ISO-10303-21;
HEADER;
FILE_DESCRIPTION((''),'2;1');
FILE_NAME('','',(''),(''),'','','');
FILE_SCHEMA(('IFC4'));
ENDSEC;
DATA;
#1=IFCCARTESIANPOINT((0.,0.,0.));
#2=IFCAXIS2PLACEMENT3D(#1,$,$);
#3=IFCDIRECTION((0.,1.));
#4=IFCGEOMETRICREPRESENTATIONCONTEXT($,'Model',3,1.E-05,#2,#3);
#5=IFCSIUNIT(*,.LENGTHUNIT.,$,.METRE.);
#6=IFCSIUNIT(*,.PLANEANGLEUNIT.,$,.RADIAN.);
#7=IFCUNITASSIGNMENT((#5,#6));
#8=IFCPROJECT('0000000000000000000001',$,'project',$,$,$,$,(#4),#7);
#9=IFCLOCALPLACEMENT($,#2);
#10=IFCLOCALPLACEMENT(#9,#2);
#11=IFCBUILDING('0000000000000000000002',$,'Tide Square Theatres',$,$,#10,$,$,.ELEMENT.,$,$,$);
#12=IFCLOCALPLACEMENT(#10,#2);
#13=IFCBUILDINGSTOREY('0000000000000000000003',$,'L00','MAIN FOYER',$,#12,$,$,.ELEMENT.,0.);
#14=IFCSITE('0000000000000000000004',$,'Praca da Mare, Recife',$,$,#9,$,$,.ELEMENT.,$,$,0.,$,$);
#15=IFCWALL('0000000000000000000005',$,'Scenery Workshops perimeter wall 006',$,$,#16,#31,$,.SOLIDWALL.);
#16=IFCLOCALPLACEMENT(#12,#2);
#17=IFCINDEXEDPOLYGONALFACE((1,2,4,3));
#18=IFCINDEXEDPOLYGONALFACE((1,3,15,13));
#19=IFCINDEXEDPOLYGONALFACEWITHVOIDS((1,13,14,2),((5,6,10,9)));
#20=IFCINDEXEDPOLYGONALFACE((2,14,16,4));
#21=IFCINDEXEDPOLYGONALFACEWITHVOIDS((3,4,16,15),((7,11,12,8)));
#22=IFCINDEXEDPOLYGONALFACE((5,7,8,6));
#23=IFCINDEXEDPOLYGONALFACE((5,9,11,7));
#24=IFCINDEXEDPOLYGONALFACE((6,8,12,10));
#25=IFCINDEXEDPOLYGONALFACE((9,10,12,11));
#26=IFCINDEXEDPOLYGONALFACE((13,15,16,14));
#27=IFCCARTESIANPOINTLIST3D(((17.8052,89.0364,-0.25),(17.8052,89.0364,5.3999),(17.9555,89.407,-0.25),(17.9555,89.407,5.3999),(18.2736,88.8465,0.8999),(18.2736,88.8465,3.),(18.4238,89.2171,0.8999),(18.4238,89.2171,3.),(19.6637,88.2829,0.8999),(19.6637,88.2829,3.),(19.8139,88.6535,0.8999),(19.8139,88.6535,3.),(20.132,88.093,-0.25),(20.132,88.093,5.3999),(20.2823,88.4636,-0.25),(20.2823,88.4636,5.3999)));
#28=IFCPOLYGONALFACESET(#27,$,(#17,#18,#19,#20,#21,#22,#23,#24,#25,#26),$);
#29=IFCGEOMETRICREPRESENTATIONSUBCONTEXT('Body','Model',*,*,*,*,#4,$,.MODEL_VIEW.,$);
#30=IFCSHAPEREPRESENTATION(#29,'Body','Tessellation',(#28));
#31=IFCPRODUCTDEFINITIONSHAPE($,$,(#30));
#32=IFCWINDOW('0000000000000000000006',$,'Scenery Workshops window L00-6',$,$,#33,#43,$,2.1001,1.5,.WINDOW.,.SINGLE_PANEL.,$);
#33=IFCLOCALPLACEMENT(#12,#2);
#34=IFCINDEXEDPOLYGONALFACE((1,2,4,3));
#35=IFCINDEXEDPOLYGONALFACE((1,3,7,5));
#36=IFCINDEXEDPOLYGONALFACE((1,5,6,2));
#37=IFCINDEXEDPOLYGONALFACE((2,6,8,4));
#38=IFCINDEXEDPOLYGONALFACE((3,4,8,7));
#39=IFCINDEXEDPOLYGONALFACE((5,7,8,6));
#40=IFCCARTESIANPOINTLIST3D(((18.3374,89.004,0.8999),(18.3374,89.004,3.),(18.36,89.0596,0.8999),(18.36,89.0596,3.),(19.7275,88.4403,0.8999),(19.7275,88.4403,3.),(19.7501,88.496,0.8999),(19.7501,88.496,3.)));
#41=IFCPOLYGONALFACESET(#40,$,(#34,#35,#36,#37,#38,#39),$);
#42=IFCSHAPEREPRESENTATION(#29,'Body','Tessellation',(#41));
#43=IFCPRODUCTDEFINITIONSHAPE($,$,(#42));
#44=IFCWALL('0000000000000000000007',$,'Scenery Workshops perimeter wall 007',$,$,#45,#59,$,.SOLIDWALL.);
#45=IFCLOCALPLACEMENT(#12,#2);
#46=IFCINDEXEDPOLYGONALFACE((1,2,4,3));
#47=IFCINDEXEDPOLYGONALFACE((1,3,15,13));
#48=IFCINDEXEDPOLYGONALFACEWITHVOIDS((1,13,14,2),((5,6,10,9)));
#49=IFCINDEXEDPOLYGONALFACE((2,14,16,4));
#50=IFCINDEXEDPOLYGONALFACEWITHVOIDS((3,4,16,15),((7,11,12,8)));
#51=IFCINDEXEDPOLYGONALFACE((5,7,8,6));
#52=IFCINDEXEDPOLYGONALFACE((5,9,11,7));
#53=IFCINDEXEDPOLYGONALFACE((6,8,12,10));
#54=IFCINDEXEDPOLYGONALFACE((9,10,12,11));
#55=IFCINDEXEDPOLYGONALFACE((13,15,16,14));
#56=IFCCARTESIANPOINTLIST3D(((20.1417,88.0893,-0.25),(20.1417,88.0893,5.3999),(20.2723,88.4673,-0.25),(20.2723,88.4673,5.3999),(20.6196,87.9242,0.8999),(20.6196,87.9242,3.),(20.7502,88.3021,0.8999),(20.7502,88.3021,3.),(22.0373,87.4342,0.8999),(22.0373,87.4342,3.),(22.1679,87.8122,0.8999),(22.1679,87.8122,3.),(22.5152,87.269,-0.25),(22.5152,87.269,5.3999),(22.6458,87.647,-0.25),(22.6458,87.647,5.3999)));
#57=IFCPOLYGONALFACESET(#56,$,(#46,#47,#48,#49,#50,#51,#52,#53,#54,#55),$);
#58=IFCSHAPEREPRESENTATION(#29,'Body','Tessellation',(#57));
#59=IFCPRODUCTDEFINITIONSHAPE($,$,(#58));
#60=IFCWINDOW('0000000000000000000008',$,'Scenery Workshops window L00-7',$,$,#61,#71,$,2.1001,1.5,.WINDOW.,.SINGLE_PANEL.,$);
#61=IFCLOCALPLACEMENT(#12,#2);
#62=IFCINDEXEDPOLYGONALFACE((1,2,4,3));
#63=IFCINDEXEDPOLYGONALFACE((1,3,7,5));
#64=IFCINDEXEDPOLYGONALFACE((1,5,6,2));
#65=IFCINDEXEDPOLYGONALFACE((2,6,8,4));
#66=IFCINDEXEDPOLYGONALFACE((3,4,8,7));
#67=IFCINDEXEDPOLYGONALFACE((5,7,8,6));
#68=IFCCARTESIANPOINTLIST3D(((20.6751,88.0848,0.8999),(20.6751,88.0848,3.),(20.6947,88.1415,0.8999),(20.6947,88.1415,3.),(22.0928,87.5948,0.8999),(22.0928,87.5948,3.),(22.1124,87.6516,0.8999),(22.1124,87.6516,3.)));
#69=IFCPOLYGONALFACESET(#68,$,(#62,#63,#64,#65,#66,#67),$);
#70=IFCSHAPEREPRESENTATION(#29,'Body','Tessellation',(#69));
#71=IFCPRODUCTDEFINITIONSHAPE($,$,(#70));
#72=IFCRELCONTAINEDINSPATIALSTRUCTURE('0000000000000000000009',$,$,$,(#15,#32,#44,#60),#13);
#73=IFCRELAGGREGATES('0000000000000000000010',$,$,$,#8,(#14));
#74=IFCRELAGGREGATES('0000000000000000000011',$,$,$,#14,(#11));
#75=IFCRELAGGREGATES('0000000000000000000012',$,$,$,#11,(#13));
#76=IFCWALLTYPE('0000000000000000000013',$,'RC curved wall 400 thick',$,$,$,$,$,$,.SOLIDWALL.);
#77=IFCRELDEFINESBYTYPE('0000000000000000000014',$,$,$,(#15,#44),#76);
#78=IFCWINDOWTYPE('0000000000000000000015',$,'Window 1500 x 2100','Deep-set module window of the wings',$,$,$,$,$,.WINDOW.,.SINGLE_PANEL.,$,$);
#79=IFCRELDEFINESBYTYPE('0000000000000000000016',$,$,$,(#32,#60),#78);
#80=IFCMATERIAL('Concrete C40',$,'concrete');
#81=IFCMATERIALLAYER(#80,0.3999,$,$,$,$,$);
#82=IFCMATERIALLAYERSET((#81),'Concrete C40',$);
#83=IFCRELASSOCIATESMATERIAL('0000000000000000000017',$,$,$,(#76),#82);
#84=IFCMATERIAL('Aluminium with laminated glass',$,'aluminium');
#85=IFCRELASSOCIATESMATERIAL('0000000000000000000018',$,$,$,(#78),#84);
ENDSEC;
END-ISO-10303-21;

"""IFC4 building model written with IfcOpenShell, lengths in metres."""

from ifc_helpers import new_model, si_unit, direction, frame, frame_2d, origin, place, context, subcontext, project, spatial, rectangle, extrude, material, layer, layer_set, type_object, element, fill, save


model = new_model("IFC4")

# Units and contexts
model_context = context("Model", 3, precision=1e-05, world=origin(), true_north=direction((0.0, 1.0)))
body_context = subcontext(model_context, "Body", "Model", "MODEL_VIEW")
ifc_project = project(units=[si_unit("LENGTHUNIT", "METRE"), si_unit("PLANEANGLEUNIT", "RADIAN")], contexts=[model_context])

# Site, building, storey
site_placement = place(None, origin())
site = spatial("IfcSite", under=ifc_project, at=site_placement, Name="Praca da Mare, Recife", CompositionType="ELEMENT", RefElevation=0.0)
building_placement = place(site_placement, origin())
building = spatial("IfcBuilding", under=site, at=building_placement, Name="Tide Square Theatres", CompositionType="ELEMENT")
storey_placement = place(building_placement, origin())
storey = spatial("IfcBuildingStorey", under=building, at=storey_placement, Name="L00", Description="MAIN FOYER", CompositionType="ELEMENT", Elevation=0.0)

# Shared definitions
ifc_material_1 = material(Name="Concrete C40", Category="concrete")
ifc_layer = layer(ifc_material_1, 0.3999)
ifc_layer_set = layer_set([ifc_layer], Name="Concrete C40")
wall_type = type_object("IfcWallType", Name="RC curved wall 400 thick", PredefinedType="SOLIDWALL", material=ifc_layer_set)

# Walls, openings, windows
wall_1_placement = place(storey_placement, frame((17.8804, 89.2217, -0.25), z_axis=(0.0, 0.0, 1.0), x_axis=(0.926723, -0.375746, 0.0)))
wall_1 = element("IfcWall", 1, at=wall_1_placement, inside=storey, type_object=wall_type, Name="Scenery Workshops perimeter wall 006", PredefinedType="SOLIDWALL", context=body_context, shape_type="SweptSolid", body=[
    extrude(rectangle(XDim=2.5107, YDim=0.3999, at=frame_2d((1.2554, 0.0))), origin(), (0.0, 0.0, 1.0), 5.6499),
])
opening_1_placement = place(wall_1_placement, frame((0.5054, 0.0, 1.1499)))
opening_1 = element("IfcOpeningElement", 2, at=opening_1_placement, cuts=wall_1, PredefinedType="OPENING", context=body_context, shape_type="SweptSolid", body=[
    extrude(rectangle(XDim=1.5, YDim=2.1001, at=frame_2d((0.75, 1.05))), frame((0.0, 0.21, 0.0), z_axis=(0.0, -1.0, 0.0), x_axis=(1.0, 0.0, 0.0)), (0.0, 0.0, 1.0), 0.4199),
])
ifc_material_2 = material(Name="Aluminium with laminated glass", Category="aluminium")
window_type_1 = type_object("IfcWindowType", Name="Window 1500 x 2100", Description="Deep-set module window of the wings", PartitioningType="SINGLE_PANEL", PredefinedType="WINDOW", material=ifc_material_2)
window_1_placement = place(opening_1_placement, origin())
window_1 = element("IfcWindow", 3, at=window_1_placement, inside=storey, type_object=window_type_1, Name="Scenery Workshops window L00-6", OverallHeight=2.1001, OverallWidth=1.5, PartitioningType="SINGLE_PANEL", PredefinedType="WINDOW", context=body_context, shape_type="SweptSolid", body=[
    extrude(rectangle(XDim=1.5, YDim=2.1001, at=frame_2d((0.75, 1.05))), frame((0.0, 0.03, 0.0), z_axis=(0.0, -1.0, 0.0), x_axis=(1.0, 0.0, 0.0)), (0.0, 0.0, 1.0), 0.0601),
])
fill(opening_1, window_1)
wall_2_placement = place(storey_placement, frame((20.207, 88.2783, -0.25), z_axis=(0.0, 0.0, 1.0), x_axis=(0.945145, -0.32665, 0.0)))
wall_2 = element("IfcWall", 4, at=wall_2_placement, inside=storey, type_object=wall_type, Name="Scenery Workshops perimeter wall 007", PredefinedType="SOLIDWALL", context=body_context, shape_type="SweptSolid", body=[
    extrude(rectangle(XDim=2.5112, YDim=0.3999, at=frame_2d((1.2556, 0.0))), origin(), (0.0, 0.0, 1.0), 5.6499),
])
opening_2_placement = place(wall_2_placement, frame((0.5056, 0.0, 1.1499)))
opening_2 = element("IfcOpeningElement", 5, at=opening_2_placement, cuts=wall_2, PredefinedType="OPENING", context=body_context, shape_type="SweptSolid", body=[
    extrude(rectangle(XDim=1.5, YDim=2.1001, at=frame_2d((0.75, 1.05))), frame((0.0, 0.21, 0.0), z_axis=(0.0, -1.0, 0.0), x_axis=(1.0, 0.0, 0.0)), (0.0, 0.0, 1.0), 0.4199),
])
window_2_placement = place(opening_2_placement, origin())
window_2 = element("IfcWindow", 6, at=window_2_placement, inside=storey, type_object=window_type_1, Name="Scenery Workshops window L00-7", OverallHeight=2.1001, OverallWidth=1.5, PartitioningType="SINGLE_PANEL", PredefinedType="WINDOW", context=body_context, shape_type="SweptSolid", body=[
    extrude(rectangle(XDim=1.5, YDim=2.1001, at=frame_2d((0.75, 1.05))), frame((0.0, 0.03, 0.0), z_axis=(0.0, -1.0, 0.0), x_axis=(1.0, 0.0, 0.0)), (0.0, 0.0, 1.0), 0.0601),
])
fill(opening_2, window_2)

save(model, "model.ifc")
